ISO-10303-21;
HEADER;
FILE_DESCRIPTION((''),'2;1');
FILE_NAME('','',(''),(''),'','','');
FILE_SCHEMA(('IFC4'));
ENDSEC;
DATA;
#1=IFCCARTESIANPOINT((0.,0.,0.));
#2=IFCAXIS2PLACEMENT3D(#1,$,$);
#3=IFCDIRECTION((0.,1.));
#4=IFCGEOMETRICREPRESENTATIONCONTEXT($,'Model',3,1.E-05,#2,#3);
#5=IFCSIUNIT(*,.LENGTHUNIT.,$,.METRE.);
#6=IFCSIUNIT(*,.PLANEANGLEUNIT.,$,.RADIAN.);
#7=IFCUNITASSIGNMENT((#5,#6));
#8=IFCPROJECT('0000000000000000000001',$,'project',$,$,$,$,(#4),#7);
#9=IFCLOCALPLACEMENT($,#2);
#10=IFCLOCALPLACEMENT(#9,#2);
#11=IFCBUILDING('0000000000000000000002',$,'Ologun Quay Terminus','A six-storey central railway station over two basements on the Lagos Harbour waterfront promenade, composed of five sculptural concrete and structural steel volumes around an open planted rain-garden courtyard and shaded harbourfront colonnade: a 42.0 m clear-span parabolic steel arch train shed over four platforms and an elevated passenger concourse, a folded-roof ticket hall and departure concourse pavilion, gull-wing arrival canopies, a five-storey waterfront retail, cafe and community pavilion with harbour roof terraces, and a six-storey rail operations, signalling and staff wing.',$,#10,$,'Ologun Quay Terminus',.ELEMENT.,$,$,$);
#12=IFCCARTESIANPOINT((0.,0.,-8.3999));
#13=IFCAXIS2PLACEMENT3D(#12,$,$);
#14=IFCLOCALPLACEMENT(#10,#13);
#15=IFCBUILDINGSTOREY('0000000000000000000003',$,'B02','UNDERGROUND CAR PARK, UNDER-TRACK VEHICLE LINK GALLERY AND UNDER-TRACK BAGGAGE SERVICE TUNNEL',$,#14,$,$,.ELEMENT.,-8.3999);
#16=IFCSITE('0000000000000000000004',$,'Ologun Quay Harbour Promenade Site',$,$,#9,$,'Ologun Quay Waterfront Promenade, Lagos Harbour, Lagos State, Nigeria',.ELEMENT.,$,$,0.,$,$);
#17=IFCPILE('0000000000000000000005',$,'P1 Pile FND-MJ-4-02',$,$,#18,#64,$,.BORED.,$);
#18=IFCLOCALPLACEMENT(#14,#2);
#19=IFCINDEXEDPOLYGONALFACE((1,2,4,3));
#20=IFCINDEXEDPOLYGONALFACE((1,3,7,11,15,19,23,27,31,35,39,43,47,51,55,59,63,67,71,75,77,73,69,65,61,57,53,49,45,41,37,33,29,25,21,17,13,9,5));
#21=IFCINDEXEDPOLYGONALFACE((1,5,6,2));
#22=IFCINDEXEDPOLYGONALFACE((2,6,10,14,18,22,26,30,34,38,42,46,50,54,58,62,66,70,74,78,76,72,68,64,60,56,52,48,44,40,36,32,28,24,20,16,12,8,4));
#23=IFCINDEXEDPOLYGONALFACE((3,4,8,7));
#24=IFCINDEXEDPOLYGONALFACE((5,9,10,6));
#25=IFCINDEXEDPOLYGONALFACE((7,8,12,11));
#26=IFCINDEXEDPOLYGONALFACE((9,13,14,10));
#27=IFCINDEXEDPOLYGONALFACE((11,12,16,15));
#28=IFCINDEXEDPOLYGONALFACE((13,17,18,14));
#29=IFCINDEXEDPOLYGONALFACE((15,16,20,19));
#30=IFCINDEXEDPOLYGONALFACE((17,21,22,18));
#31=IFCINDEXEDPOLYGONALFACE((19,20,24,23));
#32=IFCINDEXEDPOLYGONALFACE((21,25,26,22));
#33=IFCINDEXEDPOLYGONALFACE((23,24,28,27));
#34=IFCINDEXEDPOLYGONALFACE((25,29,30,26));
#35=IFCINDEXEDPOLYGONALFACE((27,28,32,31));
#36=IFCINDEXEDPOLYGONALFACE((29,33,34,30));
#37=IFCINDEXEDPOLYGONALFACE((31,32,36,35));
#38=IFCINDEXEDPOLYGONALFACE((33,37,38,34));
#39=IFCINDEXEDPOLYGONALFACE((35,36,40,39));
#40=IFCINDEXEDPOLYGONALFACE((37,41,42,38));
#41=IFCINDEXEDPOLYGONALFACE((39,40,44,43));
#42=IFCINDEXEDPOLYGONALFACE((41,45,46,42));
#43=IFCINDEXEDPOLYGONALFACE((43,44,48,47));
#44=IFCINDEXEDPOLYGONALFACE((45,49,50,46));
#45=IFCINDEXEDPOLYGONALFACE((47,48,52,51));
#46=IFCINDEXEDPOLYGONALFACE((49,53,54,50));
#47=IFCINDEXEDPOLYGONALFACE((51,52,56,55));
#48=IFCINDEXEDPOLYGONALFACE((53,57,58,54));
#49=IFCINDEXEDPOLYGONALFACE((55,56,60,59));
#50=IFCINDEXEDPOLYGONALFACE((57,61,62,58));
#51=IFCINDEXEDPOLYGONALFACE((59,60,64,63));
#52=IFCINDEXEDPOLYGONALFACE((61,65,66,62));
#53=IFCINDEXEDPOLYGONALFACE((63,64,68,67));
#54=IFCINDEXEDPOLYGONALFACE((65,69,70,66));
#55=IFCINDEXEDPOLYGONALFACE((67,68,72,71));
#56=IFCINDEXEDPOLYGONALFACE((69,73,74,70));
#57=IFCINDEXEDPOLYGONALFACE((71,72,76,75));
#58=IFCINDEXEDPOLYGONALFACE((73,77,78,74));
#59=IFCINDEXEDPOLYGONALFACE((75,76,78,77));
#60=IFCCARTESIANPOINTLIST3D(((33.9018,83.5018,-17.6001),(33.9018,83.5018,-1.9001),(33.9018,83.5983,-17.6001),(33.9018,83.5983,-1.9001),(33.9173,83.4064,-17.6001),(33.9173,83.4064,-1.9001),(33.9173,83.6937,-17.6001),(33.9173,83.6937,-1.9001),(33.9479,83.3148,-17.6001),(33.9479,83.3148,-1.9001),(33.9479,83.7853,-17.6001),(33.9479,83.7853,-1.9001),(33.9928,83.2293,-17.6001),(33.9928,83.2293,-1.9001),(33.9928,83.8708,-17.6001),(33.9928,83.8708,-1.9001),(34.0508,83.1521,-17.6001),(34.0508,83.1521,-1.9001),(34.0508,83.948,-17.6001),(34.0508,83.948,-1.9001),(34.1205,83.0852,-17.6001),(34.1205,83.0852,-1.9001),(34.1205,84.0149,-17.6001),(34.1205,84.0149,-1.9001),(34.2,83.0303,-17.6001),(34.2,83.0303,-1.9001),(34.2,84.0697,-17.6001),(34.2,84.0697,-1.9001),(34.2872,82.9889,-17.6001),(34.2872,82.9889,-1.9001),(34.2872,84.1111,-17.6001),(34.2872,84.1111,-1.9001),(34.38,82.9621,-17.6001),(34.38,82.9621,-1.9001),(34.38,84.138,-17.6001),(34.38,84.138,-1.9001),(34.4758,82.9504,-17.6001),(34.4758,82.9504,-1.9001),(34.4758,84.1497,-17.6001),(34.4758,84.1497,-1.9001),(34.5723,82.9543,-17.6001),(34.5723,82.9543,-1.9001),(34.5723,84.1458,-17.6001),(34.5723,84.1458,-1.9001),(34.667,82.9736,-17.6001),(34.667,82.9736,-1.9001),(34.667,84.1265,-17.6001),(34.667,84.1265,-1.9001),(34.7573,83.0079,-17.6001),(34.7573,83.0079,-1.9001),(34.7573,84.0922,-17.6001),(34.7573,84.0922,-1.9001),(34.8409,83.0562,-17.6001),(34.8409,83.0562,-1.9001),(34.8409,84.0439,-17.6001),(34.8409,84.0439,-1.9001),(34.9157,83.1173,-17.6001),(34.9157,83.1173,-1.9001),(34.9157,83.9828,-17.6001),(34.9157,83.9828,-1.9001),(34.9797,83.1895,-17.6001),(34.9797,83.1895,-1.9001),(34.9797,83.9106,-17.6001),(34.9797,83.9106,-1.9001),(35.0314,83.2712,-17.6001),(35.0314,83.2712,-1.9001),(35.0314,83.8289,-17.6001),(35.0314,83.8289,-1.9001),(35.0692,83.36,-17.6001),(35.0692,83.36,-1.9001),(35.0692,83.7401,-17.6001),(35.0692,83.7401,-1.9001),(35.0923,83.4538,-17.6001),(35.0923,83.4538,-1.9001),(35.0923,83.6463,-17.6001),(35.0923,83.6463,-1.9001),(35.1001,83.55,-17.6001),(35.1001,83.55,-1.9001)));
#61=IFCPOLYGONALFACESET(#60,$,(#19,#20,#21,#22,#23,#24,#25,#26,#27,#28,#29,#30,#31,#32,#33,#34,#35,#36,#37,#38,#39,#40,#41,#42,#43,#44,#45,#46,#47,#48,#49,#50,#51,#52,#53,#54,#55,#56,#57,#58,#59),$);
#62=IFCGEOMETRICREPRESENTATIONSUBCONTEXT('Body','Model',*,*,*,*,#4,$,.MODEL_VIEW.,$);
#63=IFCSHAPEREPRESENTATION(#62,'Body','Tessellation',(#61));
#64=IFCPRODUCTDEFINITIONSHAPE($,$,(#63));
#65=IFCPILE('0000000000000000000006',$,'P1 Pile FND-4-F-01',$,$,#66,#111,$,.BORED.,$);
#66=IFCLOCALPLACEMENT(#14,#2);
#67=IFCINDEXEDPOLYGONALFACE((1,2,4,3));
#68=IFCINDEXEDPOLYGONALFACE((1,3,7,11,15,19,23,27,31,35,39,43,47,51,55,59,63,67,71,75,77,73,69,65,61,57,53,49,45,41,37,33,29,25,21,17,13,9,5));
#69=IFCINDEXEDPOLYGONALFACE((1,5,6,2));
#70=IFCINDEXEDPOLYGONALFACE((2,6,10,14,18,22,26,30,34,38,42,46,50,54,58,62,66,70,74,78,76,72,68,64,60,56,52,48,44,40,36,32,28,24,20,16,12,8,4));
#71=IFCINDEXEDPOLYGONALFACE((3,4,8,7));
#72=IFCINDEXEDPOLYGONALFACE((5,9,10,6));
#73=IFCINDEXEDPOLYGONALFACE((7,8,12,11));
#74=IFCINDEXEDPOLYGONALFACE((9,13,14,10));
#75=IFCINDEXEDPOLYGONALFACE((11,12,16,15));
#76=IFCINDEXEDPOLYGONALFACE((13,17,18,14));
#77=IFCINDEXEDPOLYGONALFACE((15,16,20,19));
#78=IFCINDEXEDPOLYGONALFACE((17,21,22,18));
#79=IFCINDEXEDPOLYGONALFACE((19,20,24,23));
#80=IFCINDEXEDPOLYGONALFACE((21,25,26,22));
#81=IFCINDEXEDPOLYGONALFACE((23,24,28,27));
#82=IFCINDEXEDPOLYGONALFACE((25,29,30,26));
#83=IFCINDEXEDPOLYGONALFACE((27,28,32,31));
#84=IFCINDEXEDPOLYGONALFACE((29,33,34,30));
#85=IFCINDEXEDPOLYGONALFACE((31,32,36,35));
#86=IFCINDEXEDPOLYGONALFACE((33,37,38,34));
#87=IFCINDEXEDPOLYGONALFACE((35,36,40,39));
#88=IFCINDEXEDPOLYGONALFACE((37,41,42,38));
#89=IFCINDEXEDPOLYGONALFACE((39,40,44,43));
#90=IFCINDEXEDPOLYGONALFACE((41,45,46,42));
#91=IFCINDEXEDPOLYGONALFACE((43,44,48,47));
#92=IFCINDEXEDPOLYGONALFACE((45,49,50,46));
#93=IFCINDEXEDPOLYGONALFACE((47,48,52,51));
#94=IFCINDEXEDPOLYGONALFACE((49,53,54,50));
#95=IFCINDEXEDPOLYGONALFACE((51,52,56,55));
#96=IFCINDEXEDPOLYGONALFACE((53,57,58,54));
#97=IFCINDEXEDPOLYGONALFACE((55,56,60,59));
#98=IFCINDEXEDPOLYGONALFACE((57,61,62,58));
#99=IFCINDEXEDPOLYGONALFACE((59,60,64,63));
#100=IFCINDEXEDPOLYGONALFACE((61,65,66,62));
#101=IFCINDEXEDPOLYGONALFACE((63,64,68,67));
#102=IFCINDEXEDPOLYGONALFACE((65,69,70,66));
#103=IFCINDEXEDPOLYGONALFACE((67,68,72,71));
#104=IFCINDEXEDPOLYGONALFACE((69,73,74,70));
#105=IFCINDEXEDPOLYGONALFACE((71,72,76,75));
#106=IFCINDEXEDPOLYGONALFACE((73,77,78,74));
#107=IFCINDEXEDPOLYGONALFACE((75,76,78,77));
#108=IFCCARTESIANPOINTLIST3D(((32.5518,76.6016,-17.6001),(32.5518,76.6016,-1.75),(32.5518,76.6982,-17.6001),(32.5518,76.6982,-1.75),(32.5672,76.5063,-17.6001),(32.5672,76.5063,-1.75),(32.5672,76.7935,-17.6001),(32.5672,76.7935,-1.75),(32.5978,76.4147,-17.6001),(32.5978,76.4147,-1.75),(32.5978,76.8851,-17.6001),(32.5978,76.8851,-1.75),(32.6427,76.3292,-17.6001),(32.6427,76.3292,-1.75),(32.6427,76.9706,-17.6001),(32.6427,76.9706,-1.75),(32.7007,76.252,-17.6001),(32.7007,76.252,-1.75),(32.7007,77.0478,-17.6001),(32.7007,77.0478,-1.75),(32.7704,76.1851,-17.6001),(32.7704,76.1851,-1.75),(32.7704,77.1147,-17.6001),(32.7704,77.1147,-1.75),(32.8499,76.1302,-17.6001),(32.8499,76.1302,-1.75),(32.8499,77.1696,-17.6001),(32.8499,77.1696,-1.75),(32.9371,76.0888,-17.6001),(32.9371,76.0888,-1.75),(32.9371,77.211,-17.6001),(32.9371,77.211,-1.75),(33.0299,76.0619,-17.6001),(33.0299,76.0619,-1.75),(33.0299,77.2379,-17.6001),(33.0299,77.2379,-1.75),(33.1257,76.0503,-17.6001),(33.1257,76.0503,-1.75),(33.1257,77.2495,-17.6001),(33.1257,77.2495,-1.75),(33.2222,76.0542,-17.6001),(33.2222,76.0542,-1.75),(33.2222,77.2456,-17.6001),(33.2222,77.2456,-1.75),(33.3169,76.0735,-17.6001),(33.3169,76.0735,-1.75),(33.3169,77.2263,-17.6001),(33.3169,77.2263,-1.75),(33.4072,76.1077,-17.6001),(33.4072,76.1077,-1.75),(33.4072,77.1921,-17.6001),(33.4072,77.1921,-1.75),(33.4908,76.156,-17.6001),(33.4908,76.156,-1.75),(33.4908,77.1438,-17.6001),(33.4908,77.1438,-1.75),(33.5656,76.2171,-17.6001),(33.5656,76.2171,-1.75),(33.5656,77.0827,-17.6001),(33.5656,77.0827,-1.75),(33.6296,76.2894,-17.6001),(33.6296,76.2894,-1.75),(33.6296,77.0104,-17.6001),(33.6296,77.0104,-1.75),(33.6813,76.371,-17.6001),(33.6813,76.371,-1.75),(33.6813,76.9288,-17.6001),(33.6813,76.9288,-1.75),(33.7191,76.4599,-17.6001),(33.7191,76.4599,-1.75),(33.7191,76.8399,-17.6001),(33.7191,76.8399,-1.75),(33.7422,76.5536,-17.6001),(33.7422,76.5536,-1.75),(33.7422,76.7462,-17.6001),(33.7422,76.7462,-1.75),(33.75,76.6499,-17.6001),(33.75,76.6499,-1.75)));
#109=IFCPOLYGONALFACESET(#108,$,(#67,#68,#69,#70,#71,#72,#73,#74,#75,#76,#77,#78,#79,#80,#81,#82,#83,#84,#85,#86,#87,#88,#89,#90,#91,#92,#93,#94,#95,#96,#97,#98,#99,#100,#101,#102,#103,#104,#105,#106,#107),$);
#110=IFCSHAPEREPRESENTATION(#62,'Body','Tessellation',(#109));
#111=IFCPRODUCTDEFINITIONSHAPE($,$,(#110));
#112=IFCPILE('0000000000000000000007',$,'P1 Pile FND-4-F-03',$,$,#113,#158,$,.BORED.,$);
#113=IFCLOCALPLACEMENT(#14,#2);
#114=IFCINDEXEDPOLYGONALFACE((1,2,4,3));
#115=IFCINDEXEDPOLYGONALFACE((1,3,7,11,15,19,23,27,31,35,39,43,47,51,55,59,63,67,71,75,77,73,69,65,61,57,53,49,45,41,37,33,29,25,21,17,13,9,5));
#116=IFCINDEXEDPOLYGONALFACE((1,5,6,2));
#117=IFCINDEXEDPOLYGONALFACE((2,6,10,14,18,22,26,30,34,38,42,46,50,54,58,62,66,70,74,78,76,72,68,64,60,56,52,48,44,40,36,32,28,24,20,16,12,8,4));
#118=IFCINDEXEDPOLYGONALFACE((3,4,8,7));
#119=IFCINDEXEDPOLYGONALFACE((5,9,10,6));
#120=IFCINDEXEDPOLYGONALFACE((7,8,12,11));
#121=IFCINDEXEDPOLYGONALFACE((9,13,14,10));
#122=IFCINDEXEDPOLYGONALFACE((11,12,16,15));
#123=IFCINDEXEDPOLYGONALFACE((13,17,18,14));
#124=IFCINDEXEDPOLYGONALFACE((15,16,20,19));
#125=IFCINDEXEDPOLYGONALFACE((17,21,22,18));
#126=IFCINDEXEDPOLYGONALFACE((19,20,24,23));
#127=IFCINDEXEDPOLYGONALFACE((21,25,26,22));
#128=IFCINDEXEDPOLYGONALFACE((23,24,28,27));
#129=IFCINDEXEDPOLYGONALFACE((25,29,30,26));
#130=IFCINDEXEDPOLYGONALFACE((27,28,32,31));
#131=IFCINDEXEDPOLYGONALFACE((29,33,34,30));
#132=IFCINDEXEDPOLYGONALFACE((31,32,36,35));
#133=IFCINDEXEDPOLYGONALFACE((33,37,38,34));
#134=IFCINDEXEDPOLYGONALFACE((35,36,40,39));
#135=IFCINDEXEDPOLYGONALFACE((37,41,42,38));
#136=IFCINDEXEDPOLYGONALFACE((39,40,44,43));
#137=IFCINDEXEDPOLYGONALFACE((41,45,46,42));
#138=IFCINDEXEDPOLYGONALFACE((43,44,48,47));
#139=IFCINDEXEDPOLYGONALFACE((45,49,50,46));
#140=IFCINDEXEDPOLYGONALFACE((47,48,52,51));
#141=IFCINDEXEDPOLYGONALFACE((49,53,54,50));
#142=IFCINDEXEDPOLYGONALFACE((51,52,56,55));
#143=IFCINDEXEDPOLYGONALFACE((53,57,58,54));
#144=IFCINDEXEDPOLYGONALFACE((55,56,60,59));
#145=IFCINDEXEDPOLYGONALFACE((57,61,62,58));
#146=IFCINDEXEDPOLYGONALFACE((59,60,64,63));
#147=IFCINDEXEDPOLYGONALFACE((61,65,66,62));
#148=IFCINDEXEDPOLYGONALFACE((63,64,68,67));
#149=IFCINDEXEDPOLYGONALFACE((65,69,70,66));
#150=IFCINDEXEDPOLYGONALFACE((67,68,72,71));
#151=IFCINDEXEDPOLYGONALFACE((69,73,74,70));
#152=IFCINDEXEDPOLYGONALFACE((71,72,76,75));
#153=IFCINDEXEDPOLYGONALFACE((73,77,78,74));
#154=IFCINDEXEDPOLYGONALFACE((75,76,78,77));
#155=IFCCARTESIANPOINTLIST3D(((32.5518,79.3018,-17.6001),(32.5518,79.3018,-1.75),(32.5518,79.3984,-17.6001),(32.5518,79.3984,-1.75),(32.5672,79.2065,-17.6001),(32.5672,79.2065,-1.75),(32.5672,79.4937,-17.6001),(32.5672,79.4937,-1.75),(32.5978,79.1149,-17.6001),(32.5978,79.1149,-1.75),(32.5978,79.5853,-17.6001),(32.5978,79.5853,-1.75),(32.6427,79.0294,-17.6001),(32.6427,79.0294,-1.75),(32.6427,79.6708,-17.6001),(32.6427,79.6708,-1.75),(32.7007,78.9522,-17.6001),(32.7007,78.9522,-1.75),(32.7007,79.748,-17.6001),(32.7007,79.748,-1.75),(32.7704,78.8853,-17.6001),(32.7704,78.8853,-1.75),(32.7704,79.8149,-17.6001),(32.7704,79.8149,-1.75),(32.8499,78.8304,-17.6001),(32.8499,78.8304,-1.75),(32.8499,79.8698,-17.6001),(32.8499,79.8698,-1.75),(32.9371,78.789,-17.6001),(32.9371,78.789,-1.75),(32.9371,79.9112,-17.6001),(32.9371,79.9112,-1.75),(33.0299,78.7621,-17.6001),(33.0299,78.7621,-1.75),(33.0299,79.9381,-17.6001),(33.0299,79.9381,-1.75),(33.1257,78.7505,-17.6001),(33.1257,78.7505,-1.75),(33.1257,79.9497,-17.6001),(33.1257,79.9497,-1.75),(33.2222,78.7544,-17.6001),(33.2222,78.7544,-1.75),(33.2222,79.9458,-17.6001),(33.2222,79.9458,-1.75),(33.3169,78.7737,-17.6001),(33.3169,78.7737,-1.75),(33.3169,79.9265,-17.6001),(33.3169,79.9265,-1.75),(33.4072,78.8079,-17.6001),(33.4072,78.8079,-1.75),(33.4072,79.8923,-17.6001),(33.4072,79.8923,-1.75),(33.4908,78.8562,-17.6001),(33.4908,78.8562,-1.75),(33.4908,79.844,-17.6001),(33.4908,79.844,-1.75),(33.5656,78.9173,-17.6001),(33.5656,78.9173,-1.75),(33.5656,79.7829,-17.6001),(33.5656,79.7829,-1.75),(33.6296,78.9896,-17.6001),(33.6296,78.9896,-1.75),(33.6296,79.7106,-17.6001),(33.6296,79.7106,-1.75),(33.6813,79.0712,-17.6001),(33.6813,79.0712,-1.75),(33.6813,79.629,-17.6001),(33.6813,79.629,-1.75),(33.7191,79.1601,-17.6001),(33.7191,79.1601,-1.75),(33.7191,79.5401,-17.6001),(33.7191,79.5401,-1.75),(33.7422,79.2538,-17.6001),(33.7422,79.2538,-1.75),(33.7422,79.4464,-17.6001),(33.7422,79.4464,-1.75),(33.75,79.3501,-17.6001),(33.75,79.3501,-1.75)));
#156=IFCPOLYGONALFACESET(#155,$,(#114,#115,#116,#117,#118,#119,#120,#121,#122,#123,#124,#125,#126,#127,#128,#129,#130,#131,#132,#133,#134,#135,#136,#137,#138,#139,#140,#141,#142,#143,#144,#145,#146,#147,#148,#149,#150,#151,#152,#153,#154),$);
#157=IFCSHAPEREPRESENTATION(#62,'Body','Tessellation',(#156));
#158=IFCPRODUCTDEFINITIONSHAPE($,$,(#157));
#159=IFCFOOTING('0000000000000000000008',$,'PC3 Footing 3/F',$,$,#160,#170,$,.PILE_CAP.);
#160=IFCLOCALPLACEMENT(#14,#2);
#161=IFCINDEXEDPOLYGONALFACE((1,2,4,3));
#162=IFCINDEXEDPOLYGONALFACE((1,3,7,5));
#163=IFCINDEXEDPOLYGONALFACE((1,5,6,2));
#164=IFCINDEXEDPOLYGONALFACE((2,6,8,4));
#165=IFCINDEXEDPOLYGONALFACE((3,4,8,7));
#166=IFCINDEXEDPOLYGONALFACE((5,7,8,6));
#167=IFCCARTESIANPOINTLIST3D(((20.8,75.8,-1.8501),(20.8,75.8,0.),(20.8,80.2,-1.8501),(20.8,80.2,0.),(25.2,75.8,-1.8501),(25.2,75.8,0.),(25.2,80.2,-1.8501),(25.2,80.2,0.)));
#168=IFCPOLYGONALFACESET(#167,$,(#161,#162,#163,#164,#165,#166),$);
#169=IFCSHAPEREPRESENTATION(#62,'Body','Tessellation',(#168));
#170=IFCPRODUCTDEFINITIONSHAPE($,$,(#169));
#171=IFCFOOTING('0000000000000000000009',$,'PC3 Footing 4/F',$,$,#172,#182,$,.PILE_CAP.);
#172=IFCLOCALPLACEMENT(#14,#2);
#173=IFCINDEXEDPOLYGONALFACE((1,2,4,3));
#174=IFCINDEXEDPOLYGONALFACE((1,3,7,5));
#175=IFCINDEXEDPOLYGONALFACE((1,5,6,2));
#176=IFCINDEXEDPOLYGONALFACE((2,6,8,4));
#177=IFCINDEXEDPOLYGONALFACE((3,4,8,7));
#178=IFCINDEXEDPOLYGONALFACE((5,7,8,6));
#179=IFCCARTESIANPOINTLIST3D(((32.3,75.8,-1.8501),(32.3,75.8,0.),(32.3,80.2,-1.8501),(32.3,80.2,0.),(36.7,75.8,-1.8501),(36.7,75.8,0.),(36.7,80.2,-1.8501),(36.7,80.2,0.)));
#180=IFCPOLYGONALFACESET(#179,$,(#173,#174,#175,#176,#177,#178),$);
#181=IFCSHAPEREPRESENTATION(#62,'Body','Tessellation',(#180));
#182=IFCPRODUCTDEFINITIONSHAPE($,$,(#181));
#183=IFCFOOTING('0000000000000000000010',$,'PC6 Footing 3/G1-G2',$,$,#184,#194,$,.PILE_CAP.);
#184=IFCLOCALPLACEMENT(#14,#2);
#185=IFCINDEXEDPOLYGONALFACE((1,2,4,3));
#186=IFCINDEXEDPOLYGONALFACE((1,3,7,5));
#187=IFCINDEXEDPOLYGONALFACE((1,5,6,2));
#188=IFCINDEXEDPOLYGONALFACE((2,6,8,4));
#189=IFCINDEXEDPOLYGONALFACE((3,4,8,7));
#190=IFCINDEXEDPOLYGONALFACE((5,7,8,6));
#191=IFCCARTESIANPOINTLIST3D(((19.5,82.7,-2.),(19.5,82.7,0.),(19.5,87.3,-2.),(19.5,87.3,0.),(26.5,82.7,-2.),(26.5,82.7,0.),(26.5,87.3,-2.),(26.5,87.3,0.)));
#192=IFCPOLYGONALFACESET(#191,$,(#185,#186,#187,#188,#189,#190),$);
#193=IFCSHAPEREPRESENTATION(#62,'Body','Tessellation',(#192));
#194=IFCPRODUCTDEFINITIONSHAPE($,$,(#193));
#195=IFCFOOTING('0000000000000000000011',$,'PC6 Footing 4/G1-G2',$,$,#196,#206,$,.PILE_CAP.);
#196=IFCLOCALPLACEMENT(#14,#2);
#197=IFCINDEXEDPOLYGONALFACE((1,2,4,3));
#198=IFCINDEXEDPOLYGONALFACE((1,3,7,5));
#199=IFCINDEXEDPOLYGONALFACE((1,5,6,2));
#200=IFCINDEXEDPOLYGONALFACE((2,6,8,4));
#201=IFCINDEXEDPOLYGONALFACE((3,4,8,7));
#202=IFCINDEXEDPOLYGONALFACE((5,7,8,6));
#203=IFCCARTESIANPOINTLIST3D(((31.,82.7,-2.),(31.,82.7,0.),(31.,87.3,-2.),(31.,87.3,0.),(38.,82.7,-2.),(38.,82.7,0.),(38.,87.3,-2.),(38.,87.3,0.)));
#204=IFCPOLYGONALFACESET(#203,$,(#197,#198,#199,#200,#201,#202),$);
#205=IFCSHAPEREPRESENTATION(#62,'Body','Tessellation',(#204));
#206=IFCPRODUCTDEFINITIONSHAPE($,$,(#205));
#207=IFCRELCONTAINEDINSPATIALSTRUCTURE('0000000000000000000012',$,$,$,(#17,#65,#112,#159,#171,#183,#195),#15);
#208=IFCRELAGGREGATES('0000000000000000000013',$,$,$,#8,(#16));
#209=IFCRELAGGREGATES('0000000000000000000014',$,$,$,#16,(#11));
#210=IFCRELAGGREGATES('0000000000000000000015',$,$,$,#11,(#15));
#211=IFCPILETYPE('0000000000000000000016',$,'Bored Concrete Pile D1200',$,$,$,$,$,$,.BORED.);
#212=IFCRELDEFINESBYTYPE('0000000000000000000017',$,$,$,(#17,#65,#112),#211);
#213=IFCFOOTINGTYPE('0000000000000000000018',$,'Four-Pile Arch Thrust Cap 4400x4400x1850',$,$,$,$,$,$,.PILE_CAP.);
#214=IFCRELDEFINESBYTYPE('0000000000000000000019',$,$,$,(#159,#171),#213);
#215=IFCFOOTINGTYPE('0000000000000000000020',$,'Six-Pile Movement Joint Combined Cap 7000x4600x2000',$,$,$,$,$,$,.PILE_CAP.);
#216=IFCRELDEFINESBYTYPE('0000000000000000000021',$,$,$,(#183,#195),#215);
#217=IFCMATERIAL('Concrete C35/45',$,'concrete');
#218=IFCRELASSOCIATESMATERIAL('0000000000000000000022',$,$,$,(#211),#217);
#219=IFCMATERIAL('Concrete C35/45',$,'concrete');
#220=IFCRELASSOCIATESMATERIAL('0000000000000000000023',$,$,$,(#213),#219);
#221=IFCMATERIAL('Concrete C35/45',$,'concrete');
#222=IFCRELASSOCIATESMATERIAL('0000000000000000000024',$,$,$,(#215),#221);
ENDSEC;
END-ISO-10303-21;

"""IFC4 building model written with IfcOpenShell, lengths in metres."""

from ifc_helpers import new_model, si_unit, direction, frame, origin, origin_2d, place, context, subcontext, project, spatial, rectangle, circle, extrude, material, material_profile, profile_set, type_object, element, save


model = new_model("IFC4")

# Units and contexts
model_context = context("Model", 3, precision=1e-05, world=origin(), true_north=direction((0.0, 1.0)))
body_context = subcontext(model_context, "Body", "Model", "MODEL_VIEW")
ifc_project = project(units=[si_unit("LENGTHUNIT", "METRE"), si_unit("PLANEANGLEUNIT", "RADIAN")], contexts=[model_context])

# Site, building, storey
site_placement = place(None, origin())
site = spatial("IfcSite", under=ifc_project, at=site_placement, Name="Ologun Quay Harbour Promenade Site", LongName="Ologun Quay Waterfront Promenade, Lagos Harbour, Lagos State, Nigeria", CompositionType="ELEMENT", RefElevation=0.0)
building_placement = place(site_placement, origin())
building = spatial("IfcBuilding", under=site, at=building_placement, Name="Ologun Quay Terminus", Description="A six-storey central railway station over two basements on the Lagos Harbour waterfront promenade, composed of five sculptural concrete and structural steel volumes around an open planted rain-garden courtyard and shaded harbourfront colonnade: a 42.0 m clear-span parabolic steel arch train shed over four platforms and an elevated passenger concourse, a folded-roof ticket hall and departure concourse pavilion, gull-wing arrival canopies, a five-storey waterfront retail, cafe and community pavilion with harbour roof terraces, and a six-storey rail operations, signalling and staff wing.", LongName="Ologun Quay Terminus", CompositionType="ELEMENT")
storey_placement = place(building_placement, frame((0.0, 0.0, -8.3999)))
storey = spatial("IfcBuildingStorey", under=building, at=storey_placement, Name="B02", Description="UNDERGROUND CAR PARK, UNDER-TRACK VEHICLE LINK GALLERY AND UNDER-TRACK BAGGAGE SERVICE TUNNEL", CompositionType="ELEMENT", Elevation=-8.3999)

# Piles
ifc_material_1 = material(Name="Concrete C35/45", Category="concrete")
ifc_material_profile_1 = material_profile(ifc_material_1, circle(Radius=0.6001, at=origin_2d()), Name="PILE D1200")
ifc_profile_set_1 = profile_set([ifc_material_profile_1], Name="Concrete C35/45")
pile_type = type_object("IfcPileType", Name="Bored Concrete Pile D1200", PredefinedType="BORED", material=ifc_profile_set_1)
for number, where, z_axis, x_axis, name in (
    (1, (34.5, 83.55, -1.9001), (0.0, 0.0, -1.0), (1.0, 0.0, 0.0), "P1 Pile FND-MJ-4-02"),
):
    element("IfcPile", number, at=place(storey_placement, frame(where, z_axis=z_axis, x_axis=x_axis)), inside=storey, type_object=pile_type, Name=name, PredefinedType="BORED", context=body_context, shape_type="SweptSolid", body=[
        extrude(circle(Radius=0.6001, at=origin_2d()), origin(), (0.0, 0.0, 1.0), 15.7),
    ])
for number, where, z_axis, x_axis, name in (
    (2, (33.1499, 76.6499, -1.75), (0.0, 0.0, -1.0), (1.0, 0.0, 0.0), "P1 Pile FND-4-F-01"),
    (3, (33.1499, 79.3501, -1.75), (0.0, 0.0, -1.0), (1.0, 0.0, 0.0), "P1 Pile FND-4-F-03"),
):
    element("IfcPile", number, at=place(storey_placement, frame(where, z_axis=z_axis, x_axis=x_axis)), inside=storey, type_object=pile_type, Name=name, PredefinedType="BORED", context=body_context, shape_type="SweptSolid", body=[
        extrude(circle(Radius=0.6001, at=origin_2d()), origin(), (0.0, 0.0, 1.0), 15.8501),
    ])

# Footings
ifc_material_2 = material(Name="Concrete C35/45", Category="concrete")
footing_type_1 = type_object("IfcFootingType", Name="Four-Pile Arch Thrust Cap 4400x4400x1850", PredefinedType="PILE_CAP", material=ifc_material_2)
for number, where, z_axis, x_axis, name in (
    (4, (23.0, 78.0, -1.8501), (0.0, 0.0, 1.0), (1.0, 0.0, 0.0), "PC3 Footing 3/F"),
    (5, (34.5, 78.0, -1.8501), (0.0, 0.0, 1.0), (1.0, 0.0, 0.0), "PC3 Footing 4/F"),
):
    element("IfcFooting", number, at=place(storey_placement, frame(where, z_axis=z_axis, x_axis=x_axis)), inside=storey, type_object=footing_type_1, Name=name, PredefinedType="PILE_CAP", context=body_context, shape_type="SweptSolid", body=[
        extrude(rectangle(XDim=4.3999, YDim=4.3999, at=origin_2d()), origin(), (0.0, 0.0, 1.0), 1.8501),
    ])
ifc_material_3 = material(Name="Concrete C35/45", Category="concrete")
footing_type_2 = type_object("IfcFootingType", Name="Six-Pile Movement Joint Combined Cap 7000x4600x2000", PredefinedType="PILE_CAP", material=ifc_material_3)
for number, where, z_axis, x_axis, name in (
    (6, (23.0, 85.0, -2.0), (0.0, 0.0, 1.0), (1.0, 0.0, 0.0), "PC6 Footing 3/G1-G2"),
    (7, (34.5, 85.0, -2.0), (0.0, 0.0, 1.0), (1.0, 0.0, 0.0), "PC6 Footing 4/G1-G2"),
):
    element("IfcFooting", number, at=place(storey_placement, frame(where, z_axis=z_axis, x_axis=x_axis)), inside=storey, type_object=footing_type_2, Name=name, PredefinedType="PILE_CAP", context=body_context, shape_type="SweptSolid", body=[
        extrude(rectangle(XDim=7.0, YDim=4.6001, at=origin_2d()), origin(), (0.0, 0.0, 1.0), 2.0),
    ])

save(model, "model.ifc")
